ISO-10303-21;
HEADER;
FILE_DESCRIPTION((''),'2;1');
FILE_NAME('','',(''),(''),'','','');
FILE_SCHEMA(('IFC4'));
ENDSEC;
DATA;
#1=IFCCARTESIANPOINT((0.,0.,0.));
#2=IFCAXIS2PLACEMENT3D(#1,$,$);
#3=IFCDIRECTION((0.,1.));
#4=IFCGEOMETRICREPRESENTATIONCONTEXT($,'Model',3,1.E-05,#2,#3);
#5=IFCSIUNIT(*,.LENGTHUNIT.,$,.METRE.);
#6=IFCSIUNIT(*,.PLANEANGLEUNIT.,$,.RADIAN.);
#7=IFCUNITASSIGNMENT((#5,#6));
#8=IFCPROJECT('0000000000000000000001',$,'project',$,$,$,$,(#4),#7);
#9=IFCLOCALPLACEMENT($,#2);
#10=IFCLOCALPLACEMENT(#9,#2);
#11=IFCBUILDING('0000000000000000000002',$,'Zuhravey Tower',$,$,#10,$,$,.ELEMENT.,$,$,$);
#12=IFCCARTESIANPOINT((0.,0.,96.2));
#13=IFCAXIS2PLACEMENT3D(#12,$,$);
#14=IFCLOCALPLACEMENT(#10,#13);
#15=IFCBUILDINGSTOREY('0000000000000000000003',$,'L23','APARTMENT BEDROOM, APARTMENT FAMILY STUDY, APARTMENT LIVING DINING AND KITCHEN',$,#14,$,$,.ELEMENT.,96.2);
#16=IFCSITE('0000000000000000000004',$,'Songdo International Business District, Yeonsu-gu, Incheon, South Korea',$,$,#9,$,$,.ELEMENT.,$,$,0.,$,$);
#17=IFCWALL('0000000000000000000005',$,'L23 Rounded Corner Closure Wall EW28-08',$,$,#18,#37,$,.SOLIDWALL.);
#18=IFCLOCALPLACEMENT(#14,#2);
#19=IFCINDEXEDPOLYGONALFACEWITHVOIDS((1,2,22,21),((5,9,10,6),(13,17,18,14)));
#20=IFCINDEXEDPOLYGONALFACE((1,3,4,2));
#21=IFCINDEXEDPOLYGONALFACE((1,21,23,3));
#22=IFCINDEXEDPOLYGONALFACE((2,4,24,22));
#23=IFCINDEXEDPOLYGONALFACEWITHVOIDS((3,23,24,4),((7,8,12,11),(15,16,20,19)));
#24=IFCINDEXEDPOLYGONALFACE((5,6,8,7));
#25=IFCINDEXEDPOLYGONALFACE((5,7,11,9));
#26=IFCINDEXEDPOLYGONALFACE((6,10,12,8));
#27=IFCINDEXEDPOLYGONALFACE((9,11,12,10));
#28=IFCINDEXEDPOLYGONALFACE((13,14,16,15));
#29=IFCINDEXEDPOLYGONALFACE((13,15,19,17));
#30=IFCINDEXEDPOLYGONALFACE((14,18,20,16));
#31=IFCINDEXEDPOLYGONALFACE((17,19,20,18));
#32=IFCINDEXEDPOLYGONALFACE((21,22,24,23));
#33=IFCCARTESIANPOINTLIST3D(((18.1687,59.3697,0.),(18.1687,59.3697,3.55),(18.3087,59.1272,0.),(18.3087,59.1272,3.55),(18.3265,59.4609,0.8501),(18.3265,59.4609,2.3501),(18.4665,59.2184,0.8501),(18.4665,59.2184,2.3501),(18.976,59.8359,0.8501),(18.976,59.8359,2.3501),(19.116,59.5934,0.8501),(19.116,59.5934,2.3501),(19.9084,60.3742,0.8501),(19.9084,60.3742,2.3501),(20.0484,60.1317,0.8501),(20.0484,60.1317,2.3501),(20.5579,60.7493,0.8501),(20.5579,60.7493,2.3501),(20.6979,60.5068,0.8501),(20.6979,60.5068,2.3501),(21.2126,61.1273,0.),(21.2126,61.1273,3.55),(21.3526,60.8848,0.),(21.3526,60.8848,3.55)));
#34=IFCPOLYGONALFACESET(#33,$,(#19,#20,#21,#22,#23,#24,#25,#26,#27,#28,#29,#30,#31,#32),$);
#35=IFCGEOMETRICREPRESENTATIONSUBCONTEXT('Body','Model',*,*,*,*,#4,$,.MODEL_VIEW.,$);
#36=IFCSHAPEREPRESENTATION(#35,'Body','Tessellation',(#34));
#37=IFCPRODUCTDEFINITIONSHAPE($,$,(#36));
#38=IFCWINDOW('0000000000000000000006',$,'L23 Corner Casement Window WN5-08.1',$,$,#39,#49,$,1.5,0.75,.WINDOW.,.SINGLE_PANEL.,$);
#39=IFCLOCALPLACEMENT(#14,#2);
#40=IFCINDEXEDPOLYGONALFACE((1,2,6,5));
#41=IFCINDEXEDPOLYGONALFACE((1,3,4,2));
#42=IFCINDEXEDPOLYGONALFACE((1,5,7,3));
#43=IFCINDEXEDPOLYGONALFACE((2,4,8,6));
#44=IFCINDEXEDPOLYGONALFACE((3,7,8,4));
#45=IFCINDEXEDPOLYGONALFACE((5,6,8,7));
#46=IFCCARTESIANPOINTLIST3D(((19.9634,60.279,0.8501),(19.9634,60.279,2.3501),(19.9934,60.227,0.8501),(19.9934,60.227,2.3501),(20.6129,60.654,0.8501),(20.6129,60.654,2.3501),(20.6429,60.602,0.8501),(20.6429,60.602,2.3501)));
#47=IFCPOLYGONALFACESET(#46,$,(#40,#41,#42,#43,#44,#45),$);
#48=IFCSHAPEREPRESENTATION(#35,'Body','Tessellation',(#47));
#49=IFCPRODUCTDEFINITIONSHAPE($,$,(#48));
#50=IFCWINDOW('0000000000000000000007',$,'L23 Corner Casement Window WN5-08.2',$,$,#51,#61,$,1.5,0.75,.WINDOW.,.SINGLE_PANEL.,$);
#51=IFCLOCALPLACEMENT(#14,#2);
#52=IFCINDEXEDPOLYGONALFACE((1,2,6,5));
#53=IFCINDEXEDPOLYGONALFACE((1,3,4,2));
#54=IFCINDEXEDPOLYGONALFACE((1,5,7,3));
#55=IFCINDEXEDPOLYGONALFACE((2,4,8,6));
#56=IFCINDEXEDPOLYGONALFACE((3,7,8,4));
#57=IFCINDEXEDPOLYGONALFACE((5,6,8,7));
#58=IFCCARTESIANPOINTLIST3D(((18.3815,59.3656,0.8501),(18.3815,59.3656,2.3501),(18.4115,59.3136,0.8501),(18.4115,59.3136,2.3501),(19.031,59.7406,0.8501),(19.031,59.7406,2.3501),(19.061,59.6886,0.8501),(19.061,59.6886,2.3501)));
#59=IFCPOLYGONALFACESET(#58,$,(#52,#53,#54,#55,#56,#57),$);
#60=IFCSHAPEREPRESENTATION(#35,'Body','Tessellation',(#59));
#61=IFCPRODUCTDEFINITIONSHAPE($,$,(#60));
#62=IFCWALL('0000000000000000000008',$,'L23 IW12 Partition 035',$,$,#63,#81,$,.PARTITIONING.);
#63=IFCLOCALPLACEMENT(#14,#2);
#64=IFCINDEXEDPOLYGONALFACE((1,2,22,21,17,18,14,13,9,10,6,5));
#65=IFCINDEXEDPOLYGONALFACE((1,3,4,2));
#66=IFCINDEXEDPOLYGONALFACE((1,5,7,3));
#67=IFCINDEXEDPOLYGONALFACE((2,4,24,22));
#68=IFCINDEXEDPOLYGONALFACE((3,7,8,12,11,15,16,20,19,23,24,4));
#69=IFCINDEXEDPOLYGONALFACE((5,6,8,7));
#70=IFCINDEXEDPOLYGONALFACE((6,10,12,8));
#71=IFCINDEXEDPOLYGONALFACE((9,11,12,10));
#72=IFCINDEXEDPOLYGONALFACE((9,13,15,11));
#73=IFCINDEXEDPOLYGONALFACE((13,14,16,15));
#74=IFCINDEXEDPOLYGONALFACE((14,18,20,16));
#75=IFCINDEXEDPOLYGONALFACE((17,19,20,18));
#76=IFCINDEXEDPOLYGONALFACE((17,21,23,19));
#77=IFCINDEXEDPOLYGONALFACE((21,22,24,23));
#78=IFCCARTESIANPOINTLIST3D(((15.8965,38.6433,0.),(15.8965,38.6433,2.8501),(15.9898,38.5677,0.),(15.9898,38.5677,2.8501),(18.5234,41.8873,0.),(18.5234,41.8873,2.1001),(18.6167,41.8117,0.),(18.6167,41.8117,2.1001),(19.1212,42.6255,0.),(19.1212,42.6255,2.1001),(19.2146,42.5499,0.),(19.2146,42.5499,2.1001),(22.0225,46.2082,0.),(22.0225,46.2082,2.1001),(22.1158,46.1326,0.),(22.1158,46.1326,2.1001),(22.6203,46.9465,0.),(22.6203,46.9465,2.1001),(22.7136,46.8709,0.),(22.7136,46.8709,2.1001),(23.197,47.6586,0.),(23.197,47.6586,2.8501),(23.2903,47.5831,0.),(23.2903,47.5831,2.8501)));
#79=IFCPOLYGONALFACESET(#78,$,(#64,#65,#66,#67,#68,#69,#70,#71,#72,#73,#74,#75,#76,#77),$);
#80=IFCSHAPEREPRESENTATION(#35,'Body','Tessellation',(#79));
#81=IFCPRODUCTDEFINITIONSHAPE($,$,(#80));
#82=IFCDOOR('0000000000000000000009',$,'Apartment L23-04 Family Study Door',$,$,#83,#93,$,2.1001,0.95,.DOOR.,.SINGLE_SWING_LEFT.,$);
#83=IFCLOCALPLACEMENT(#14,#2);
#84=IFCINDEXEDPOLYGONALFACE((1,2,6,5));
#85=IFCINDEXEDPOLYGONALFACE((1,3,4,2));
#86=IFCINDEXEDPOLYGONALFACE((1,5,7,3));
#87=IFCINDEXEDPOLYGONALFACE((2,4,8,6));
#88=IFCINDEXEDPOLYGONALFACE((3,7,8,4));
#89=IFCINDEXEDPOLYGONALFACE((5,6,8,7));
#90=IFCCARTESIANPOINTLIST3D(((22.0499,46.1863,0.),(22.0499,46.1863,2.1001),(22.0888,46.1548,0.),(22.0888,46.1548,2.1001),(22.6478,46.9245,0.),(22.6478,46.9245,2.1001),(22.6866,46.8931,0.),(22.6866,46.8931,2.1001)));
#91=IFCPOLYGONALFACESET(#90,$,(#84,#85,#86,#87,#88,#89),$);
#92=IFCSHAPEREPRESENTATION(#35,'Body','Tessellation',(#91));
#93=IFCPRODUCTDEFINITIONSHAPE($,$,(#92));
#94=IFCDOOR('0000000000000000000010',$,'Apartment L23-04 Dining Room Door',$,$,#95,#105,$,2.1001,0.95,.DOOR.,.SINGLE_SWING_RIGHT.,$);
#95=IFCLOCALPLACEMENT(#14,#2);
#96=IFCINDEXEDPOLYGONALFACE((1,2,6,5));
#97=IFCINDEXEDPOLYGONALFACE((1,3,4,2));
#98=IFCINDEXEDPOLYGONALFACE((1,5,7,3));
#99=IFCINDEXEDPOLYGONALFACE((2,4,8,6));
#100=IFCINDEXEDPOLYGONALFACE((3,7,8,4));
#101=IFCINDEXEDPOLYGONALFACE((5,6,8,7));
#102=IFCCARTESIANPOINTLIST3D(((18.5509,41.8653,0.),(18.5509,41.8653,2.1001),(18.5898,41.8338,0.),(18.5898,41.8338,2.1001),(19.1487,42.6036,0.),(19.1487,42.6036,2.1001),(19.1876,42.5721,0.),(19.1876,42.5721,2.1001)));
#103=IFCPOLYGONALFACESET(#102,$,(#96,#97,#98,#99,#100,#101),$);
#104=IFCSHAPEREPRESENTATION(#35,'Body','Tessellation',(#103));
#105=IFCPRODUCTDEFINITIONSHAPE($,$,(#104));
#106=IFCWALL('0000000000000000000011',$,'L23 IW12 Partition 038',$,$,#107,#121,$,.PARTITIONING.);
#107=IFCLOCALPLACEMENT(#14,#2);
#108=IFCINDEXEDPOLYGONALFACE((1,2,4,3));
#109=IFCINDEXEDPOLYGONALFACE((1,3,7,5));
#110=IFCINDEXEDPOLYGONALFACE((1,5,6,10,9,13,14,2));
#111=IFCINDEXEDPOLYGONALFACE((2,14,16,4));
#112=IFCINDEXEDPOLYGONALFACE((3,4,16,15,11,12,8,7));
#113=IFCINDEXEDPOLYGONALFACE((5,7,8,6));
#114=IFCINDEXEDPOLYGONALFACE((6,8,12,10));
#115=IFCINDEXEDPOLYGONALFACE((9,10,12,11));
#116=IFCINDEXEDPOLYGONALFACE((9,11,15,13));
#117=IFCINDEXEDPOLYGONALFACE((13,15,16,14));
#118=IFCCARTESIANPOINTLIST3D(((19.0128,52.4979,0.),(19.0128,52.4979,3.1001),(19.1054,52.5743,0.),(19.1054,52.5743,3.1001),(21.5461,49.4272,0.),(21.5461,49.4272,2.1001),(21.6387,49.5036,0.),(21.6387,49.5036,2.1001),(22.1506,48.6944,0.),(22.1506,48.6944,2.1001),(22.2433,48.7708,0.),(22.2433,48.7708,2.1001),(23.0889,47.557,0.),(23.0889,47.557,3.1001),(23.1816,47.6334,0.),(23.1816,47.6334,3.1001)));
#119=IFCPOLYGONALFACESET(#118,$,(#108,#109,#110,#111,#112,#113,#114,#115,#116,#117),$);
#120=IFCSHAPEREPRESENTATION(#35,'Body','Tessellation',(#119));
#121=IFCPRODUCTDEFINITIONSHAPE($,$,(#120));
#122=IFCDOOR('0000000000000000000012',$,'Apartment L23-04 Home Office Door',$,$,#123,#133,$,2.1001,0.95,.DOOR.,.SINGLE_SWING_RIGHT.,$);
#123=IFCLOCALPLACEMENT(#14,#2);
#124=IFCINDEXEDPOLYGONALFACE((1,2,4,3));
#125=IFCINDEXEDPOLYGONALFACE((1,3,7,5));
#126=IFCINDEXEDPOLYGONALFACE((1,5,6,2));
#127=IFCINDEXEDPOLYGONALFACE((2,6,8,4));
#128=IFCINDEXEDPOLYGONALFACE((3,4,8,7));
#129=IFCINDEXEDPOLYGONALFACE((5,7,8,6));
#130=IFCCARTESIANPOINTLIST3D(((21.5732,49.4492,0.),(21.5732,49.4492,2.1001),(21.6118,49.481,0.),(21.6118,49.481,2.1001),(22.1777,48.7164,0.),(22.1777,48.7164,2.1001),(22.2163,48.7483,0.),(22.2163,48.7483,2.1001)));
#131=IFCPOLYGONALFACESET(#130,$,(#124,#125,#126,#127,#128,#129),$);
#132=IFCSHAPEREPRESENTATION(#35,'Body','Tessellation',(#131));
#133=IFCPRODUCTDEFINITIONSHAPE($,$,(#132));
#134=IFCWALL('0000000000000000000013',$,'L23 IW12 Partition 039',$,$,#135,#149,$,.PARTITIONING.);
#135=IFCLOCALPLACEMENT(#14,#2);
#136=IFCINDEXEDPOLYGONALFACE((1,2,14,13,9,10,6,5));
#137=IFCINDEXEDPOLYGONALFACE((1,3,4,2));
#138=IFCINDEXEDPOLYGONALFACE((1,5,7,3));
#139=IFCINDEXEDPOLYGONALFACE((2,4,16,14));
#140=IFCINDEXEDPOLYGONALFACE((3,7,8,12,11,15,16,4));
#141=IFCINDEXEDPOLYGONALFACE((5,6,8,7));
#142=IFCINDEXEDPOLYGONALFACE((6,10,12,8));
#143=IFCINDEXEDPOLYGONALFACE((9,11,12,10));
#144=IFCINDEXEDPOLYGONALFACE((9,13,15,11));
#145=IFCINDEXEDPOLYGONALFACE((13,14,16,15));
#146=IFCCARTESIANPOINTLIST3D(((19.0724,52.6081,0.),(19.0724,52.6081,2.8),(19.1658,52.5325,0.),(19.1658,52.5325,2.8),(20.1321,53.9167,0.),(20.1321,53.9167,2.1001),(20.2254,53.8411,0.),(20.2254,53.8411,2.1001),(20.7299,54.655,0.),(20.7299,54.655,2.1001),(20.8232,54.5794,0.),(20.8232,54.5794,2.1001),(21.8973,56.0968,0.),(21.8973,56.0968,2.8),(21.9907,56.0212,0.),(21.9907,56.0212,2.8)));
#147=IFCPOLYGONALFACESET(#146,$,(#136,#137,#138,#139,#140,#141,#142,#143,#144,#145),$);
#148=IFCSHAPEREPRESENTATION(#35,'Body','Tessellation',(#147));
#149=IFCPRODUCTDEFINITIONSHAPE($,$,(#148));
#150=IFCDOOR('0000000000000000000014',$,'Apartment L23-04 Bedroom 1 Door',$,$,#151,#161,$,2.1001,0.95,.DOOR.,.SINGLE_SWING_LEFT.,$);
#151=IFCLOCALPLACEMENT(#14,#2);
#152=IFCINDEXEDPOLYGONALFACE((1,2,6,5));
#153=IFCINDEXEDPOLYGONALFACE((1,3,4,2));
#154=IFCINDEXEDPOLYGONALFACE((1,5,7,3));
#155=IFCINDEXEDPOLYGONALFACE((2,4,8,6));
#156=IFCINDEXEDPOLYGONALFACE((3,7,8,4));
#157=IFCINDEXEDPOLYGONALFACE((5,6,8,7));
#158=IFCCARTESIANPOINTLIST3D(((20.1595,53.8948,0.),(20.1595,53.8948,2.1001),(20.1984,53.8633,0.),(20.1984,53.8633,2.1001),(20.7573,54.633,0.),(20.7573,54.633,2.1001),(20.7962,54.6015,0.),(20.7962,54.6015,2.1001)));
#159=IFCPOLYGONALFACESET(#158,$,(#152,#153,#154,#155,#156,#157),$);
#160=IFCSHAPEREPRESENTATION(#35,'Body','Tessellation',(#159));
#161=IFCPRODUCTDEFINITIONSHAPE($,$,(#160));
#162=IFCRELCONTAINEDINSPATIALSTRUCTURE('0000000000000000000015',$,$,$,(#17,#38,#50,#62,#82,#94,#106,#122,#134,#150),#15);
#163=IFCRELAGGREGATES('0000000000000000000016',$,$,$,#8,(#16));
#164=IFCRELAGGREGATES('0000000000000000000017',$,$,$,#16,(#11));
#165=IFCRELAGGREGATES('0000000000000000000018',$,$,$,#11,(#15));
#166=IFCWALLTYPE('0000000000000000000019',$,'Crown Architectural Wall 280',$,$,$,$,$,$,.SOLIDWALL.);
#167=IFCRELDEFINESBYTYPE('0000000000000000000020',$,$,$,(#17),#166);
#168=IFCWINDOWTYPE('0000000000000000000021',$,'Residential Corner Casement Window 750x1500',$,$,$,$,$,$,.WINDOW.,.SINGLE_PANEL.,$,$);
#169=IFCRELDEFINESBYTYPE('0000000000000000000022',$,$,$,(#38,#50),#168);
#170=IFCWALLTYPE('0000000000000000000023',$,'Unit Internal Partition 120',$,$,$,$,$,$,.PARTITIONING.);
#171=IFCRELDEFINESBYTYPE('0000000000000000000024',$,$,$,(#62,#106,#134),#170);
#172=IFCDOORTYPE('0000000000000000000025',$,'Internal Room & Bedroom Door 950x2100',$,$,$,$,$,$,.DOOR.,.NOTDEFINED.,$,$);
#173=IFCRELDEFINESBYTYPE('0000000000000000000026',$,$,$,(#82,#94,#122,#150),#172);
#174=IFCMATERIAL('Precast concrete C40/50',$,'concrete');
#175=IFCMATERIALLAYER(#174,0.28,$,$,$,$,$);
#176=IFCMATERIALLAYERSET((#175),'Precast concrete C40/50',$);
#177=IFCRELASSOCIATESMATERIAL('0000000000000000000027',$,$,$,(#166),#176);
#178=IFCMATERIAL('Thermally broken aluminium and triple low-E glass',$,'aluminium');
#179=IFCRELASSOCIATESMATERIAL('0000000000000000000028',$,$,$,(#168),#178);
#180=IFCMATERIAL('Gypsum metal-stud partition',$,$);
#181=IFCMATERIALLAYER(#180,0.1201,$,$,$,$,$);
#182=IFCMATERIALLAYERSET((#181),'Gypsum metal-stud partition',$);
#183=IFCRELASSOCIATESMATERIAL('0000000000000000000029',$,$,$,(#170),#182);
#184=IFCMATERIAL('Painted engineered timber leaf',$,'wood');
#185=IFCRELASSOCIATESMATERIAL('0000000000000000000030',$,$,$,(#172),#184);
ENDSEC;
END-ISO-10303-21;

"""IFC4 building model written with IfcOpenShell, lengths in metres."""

from ifc_helpers import new_model, si_unit, direction, frame, frame_2d, origin, place, context, subcontext, project, spatial, rectangle, extrude, material, layer, layer_set, type_object, element, fill, save


model = new_model("IFC4")

# Units and contexts
model_context = context("Model", 3, precision=1e-05, world=origin(), true_north=direction((0.0, 1.0)))
body_context = subcontext(model_context, "Body", "Model", "MODEL_VIEW")
ifc_project = project(units=[si_unit("LENGTHUNIT", "METRE"), si_unit("PLANEANGLEUNIT", "RADIAN")], contexts=[model_context])

# Site, building, storey
site_placement = place(None, origin())
site = spatial("IfcSite", under=ifc_project, at=site_placement, Name="Songdo International Business District, Yeonsu-gu, Incheon, South Korea", CompositionType="ELEMENT", RefElevation=0.0)
building_placement = place(site_placement, origin())
building = spatial("IfcBuilding", under=site, at=building_placement, Name="Zuhravey Tower", CompositionType="ELEMENT")
storey_placement = place(building_placement, frame((0.0, 0.0, 96.2)))
storey = spatial("IfcBuildingStorey", under=building, at=storey_placement, Name="L23", Description="APARTMENT BEDROOM, APARTMENT FAMILY STUDY, APARTMENT LIVING DINING AND KITCHEN", CompositionType="ELEMENT", Elevation=96.2)

# Shared definitions
ifc_material_1 = material(Name="Precast concrete C40/50", Category="concrete")
ifc_layer_1 = layer(ifc_material_1, 0.28)
ifc_layer_set_1 = layer_set([ifc_layer_1], Name="Precast concrete C40/50")
wall_type_1 = type_object("IfcWallType", Name="Crown Architectural Wall 280", PredefinedType="SOLIDWALL", material=ifc_layer_set_1)

# Wall, openings, windows
wall_1_placement = place(storey_placement, frame((18.2388, 59.2485, 0.0), z_axis=(0.0, 0.0, 1.0), x_axis=(0.866007, 0.500031, 0.0)))
wall_1 = element("IfcWall", 1, at=wall_1_placement, inside=storey, type_object=wall_type_1, Name="L23 Rounded Corner Closure Wall EW28-08", PredefinedType="SOLIDWALL", context=body_context, shape_type="SweptSolid", body=[
    extrude(rectangle(XDim=3.5149, YDim=0.28, at=frame_2d((1.7573, 0.0))), origin(), (0.0, 0.0, 1.0), 3.55),
])
opening_1_placement = place(wall_1_placement, frame((2.0088, 0.0, 0.8501)))
opening_1 = element("IfcOpeningElement", 2, at=opening_1_placement, cuts=wall_1, PredefinedType="OPENING", context=body_context, shape_type="SweptSolid", body=[
    extrude(rectangle(XDim=0.75, YDim=1.5, at=frame_2d((0.375, 0.75))), frame((0.0, 0.1521, 0.0), z_axis=(0.0, -1.0, 0.0), x_axis=(1.0, 0.0, 0.0)), (0.0, 0.0, 1.0), 0.304),
])
opening_2_placement = place(wall_1_placement, frame((0.1821, 0.0, 0.8501)))
opening_2 = element("IfcOpeningElement", 3, at=opening_2_placement, cuts=wall_1, PredefinedType="OPENING", context=body_context, shape_type="SweptSolid", body=[
    extrude(rectangle(XDim=0.75, YDim=1.5, at=frame_2d((0.375, 0.75))), frame((0.0, 0.1521, 0.0), z_axis=(0.0, -1.0, 0.0), x_axis=(1.0, 0.0, 0.0)), (0.0, 0.0, 1.0), 0.304),
])
ifc_material_2 = material(Name="Thermally broken aluminium and triple low-E glass", Category="aluminium")
window_type = type_object("IfcWindowType", Name="Residential Corner Casement Window 750x1500", PartitioningType="SINGLE_PANEL", PredefinedType="WINDOW", material=ifc_material_2)
window_1_placement = place(opening_1_placement, origin())
window_1 = element("IfcWindow", 4, at=window_1_placement, inside=storey, type_object=window_type, Name="L23 Corner Casement Window WN5-08.1", OverallHeight=1.5, OverallWidth=0.75, PartitioningType="SINGLE_PANEL", PredefinedType="WINDOW", context=body_context, shape_type="SweptSolid", body=[
    extrude(rectangle(XDim=0.75, YDim=1.5, at=frame_2d((0.375, 0.75))), frame((0.0, 0.03, 0.0), z_axis=(0.0, -1.0, 0.0), x_axis=(1.0, 0.0, 0.0)), (0.0, 0.0, 1.0), 0.0601),
])
fill(opening_1, window_1)
window_2_placement = place(opening_2_placement, origin())
window_2 = element("IfcWindow", 5, at=window_2_placement, inside=storey, type_object=window_type, Name="L23 Corner Casement Window WN5-08.2", OverallHeight=1.5, OverallWidth=0.75, PartitioningType="SINGLE_PANEL", PredefinedType="WINDOW", context=body_context, shape_type="SweptSolid", body=[
    extrude(rectangle(XDim=0.75, YDim=1.5, at=frame_2d((0.375, 0.75))), frame((0.0, 0.03, 0.0), z_axis=(0.0, -1.0, 0.0), x_axis=(1.0, 0.0, 0.0)), (0.0, 0.0, 1.0), 0.0601),
])
fill(opening_2, window_2)

# Wall, openings, doors
ifc_material_3 = material(Name="Gypsum metal-stud partition")
ifc_layer_2 = layer(ifc_material_3, 0.1201)
ifc_layer_set_2 = layer_set([ifc_layer_2], Name="Gypsum metal-stud partition")
wall_type_2 = type_object("IfcWallType", Name="Unit Internal Partition 120", PredefinedType="PARTITIONING", material=ifc_layer_set_2)
wall_2_placement = place(storey_placement, frame((23.2437, 47.6208, 0.0), z_axis=(0.0, 0.0, 1.0), x_axis=(-0.629322, -0.777145, 0.0)))
wall_2 = element("IfcWall", 6, at=wall_2_placement, inside=storey, type_object=wall_type_2, Name="L23 IW12 Partition 035", PredefinedType="PARTITIONING", context=body_context, shape_type="SweptSolid", body=[
    extrude(rectangle(XDim=11.6006, YDim=0.1201, at=frame_2d((5.8003, 0.0))), origin(), (0.0, 0.0, 1.0), 2.8501),
])
opening_3_placement = place(wall_2_placement, frame((0.9163, 0.0, 0.0)))
opening_3 = element("IfcOpeningElement", 7, at=opening_3_placement, cuts=wall_2, PredefinedType="OPENING", context=body_context, shape_type="SweptSolid", body=[
    extrude(rectangle(XDim=0.95, YDim=2.1001, at=frame_2d((0.4751, 1.05))), frame((0.0, 0.072, 0.0), z_axis=(0.0, -1.0, 0.0), x_axis=(1.0, 0.0, 0.0)), (0.0, 0.0, 1.0), 0.144),
])
opening_4_placement = place(wall_2_placement, frame((6.4763, 0.0, 0.0)))
opening_4 = element("IfcOpeningElement", 8, at=opening_4_placement, cuts=wall_2, PredefinedType="OPENING", context=body_context, shape_type="SweptSolid", body=[
    extrude(rectangle(XDim=0.95, YDim=2.1001, at=frame_2d((0.4751, 1.05))), frame((0.0, 0.072, 0.0), z_axis=(0.0, -1.0, 0.0), x_axis=(1.0, 0.0, 0.0)), (0.0, 0.0, 1.0), 0.144),
])
ifc_material_4 = material(Name="Painted engineered timber leaf", Category="wood")
door_type_1 = type_object("IfcDoorType", Name="Internal Room & Bedroom Door 950x2100", OperationType="NOTDEFINED", PredefinedType="DOOR", material=ifc_material_4)
door_1_placement = place(opening_3_placement, frame((0.95, 0.0, 0.0), z_axis=(0.0, 0.0, 1.0), x_axis=(-1.0, 0.0, 0.0)))
door_1 = element("IfcDoor", 9, at=door_1_placement, inside=storey, type_object=door_type_1, Name="Apartment L23-04 Family Study Door", OperationType="SINGLE_SWING_LEFT", OverallHeight=2.1001, OverallWidth=0.95, PredefinedType="DOOR", context=body_context, shape_type="SweptSolid", body=[
    extrude(rectangle(XDim=0.95, YDim=2.1001, at=frame_2d((0.4751, 1.05))), frame((0.0, 0.0249, 0.0), z_axis=(0.0, -1.0, 0.0), x_axis=(1.0, 0.0, 0.0)), (0.0, 0.0, 1.0), 0.05),
])
fill(opening_3, door_1)
door_2_placement = place(opening_4_placement, frame((0.95, 0.0, 0.0), z_axis=(0.0, 0.0, 1.0), x_axis=(-1.0, 0.0, 0.0)))
door_2 = element("IfcDoor", 10, at=door_2_placement, inside=storey, type_object=door_type_1, Name="Apartment L23-04 Dining Room Door", OperationType="SINGLE_SWING_RIGHT", OverallHeight=2.1001, OverallWidth=0.95, PredefinedType="DOOR", context=body_context, shape_type="SweptSolid", body=[
    extrude(rectangle(XDim=0.95, YDim=2.1001, at=frame_2d((0.4751, 1.05))), frame((0.0, 0.0249, 0.0), z_axis=(0.0, -1.0, 0.0), x_axis=(1.0, 0.0, 0.0)), (0.0, 0.0, 1.0), 0.05),
])
fill(opening_4, door_2)

# Walls, openings, doors
wall_3_placement = place(storey_placement, frame((23.1353, 47.5952, 0.0), z_axis=(0.0, 0.0, 1.0), x_axis=(-0.636375, 0.77138, 0.0)))
wall_3 = element("IfcWall", 11, at=wall_3_placement, inside=storey, type_object=wall_type_2, Name="L23 IW12 Partition 038", PredefinedType="PARTITIONING", context=body_context, shape_type="SweptSolid", body=[
    extrude(rectangle(XDim=6.4053, YDim=0.1201, at=frame_2d((3.2026, 0.0))), origin(), (0.0, 0.0, 1.0), 3.1001),
])
opening_5_placement = place(wall_3_placement, frame((1.4744, 0.0, 0.0)))
opening_5 = element("IfcOpeningElement", 12, at=opening_5_placement, cuts=wall_3, PredefinedType="OPENING", context=body_context, shape_type="SweptSolid", body=[
    extrude(rectangle(XDim=0.95, YDim=2.1001, at=frame_2d((0.4751, 1.05))), frame((0.0, 0.072, 0.0), z_axis=(0.0, -1.0, 0.0), x_axis=(1.0, 0.0, 0.0)), (0.0, 0.0, 1.0), 0.144),
])
door_3_placement = place(opening_5_placement, frame((0.95, 0.0, 0.0), z_axis=(0.0, 0.0, 1.0), x_axis=(-1.0, 0.0, 0.0)))
door_3 = element("IfcDoor", 13, at=door_3_placement, inside=storey, type_object=door_type_1, Name="Apartment L23-04 Home Office Door", OperationType="SINGLE_SWING_RIGHT", OverallHeight=2.1001, OverallWidth=0.95, PredefinedType="DOOR", context=body_context, shape_type="SweptSolid", body=[
    extrude(rectangle(XDim=0.95, YDim=2.1001, at=frame_2d((0.4751, 1.05))), frame((0.0, 0.0249, 0.0), z_axis=(0.0, -1.0, 0.0), x_axis=(1.0, 0.0, 0.0)), (0.0, 0.0, 1.0), 0.05),
])
fill(opening_5, door_3)
wall_4_placement = place(storey_placement, frame((21.9441, 56.0591, 0.0), z_axis=(0.0, 0.0, 1.0), x_axis=(-0.629294, -0.777168, 0.0)))
wall_4 = element("IfcWall", 14, at=wall_4_placement, inside=storey, type_object=wall_type_2, Name="L23 IW12 Partition 039", PredefinedType="PARTITIONING", context=body_context, shape_type="SweptSolid", body=[
    extrude(rectangle(XDim=4.489, YDim=0.1201, at=frame_2d((2.2446, 0.0))), origin(), (0.0, 0.0, 1.0), 2.8),
])
opening_6_placement = place(wall_4_placement, frame((1.8552, 0.0, 0.0)))
opening_6 = element("IfcOpeningElement", 15, at=opening_6_placement, cuts=wall_4, PredefinedType="OPENING", context=body_context, shape_type="SweptSolid", body=[
    extrude(rectangle(XDim=0.95, YDim=2.1001, at=frame_2d((0.4751, 1.05))), frame((0.0, 0.072, 0.0), z_axis=(0.0, -1.0, 0.0), x_axis=(1.0, 0.0, 0.0)), (0.0, 0.0, 1.0), 0.144),
])
door_4_placement = place(opening_6_placement, frame((0.95, 0.0, 0.0), z_axis=(0.0, 0.0, 1.0), x_axis=(-1.0, 0.0, 0.0)))
door_4 = element("IfcDoor", 16, at=door_4_placement, inside=storey, type_object=door_type_1, Name="Apartment L23-04 Bedroom 1 Door", OperationType="SINGLE_SWING_LEFT", OverallHeight=2.1001, OverallWidth=0.95, PredefinedType="DOOR", context=body_context, shape_type="SweptSolid", body=[
    extrude(rectangle(XDim=0.95, YDim=2.1001, at=frame_2d((0.4751, 1.05))), frame((0.0, 0.0249, 0.0), z_axis=(0.0, -1.0, 0.0), x_axis=(1.0, 0.0, 0.0)), (0.0, 0.0, 1.0), 0.05),
])
fill(opening_6, door_4)

save(model, "model.ifc")
